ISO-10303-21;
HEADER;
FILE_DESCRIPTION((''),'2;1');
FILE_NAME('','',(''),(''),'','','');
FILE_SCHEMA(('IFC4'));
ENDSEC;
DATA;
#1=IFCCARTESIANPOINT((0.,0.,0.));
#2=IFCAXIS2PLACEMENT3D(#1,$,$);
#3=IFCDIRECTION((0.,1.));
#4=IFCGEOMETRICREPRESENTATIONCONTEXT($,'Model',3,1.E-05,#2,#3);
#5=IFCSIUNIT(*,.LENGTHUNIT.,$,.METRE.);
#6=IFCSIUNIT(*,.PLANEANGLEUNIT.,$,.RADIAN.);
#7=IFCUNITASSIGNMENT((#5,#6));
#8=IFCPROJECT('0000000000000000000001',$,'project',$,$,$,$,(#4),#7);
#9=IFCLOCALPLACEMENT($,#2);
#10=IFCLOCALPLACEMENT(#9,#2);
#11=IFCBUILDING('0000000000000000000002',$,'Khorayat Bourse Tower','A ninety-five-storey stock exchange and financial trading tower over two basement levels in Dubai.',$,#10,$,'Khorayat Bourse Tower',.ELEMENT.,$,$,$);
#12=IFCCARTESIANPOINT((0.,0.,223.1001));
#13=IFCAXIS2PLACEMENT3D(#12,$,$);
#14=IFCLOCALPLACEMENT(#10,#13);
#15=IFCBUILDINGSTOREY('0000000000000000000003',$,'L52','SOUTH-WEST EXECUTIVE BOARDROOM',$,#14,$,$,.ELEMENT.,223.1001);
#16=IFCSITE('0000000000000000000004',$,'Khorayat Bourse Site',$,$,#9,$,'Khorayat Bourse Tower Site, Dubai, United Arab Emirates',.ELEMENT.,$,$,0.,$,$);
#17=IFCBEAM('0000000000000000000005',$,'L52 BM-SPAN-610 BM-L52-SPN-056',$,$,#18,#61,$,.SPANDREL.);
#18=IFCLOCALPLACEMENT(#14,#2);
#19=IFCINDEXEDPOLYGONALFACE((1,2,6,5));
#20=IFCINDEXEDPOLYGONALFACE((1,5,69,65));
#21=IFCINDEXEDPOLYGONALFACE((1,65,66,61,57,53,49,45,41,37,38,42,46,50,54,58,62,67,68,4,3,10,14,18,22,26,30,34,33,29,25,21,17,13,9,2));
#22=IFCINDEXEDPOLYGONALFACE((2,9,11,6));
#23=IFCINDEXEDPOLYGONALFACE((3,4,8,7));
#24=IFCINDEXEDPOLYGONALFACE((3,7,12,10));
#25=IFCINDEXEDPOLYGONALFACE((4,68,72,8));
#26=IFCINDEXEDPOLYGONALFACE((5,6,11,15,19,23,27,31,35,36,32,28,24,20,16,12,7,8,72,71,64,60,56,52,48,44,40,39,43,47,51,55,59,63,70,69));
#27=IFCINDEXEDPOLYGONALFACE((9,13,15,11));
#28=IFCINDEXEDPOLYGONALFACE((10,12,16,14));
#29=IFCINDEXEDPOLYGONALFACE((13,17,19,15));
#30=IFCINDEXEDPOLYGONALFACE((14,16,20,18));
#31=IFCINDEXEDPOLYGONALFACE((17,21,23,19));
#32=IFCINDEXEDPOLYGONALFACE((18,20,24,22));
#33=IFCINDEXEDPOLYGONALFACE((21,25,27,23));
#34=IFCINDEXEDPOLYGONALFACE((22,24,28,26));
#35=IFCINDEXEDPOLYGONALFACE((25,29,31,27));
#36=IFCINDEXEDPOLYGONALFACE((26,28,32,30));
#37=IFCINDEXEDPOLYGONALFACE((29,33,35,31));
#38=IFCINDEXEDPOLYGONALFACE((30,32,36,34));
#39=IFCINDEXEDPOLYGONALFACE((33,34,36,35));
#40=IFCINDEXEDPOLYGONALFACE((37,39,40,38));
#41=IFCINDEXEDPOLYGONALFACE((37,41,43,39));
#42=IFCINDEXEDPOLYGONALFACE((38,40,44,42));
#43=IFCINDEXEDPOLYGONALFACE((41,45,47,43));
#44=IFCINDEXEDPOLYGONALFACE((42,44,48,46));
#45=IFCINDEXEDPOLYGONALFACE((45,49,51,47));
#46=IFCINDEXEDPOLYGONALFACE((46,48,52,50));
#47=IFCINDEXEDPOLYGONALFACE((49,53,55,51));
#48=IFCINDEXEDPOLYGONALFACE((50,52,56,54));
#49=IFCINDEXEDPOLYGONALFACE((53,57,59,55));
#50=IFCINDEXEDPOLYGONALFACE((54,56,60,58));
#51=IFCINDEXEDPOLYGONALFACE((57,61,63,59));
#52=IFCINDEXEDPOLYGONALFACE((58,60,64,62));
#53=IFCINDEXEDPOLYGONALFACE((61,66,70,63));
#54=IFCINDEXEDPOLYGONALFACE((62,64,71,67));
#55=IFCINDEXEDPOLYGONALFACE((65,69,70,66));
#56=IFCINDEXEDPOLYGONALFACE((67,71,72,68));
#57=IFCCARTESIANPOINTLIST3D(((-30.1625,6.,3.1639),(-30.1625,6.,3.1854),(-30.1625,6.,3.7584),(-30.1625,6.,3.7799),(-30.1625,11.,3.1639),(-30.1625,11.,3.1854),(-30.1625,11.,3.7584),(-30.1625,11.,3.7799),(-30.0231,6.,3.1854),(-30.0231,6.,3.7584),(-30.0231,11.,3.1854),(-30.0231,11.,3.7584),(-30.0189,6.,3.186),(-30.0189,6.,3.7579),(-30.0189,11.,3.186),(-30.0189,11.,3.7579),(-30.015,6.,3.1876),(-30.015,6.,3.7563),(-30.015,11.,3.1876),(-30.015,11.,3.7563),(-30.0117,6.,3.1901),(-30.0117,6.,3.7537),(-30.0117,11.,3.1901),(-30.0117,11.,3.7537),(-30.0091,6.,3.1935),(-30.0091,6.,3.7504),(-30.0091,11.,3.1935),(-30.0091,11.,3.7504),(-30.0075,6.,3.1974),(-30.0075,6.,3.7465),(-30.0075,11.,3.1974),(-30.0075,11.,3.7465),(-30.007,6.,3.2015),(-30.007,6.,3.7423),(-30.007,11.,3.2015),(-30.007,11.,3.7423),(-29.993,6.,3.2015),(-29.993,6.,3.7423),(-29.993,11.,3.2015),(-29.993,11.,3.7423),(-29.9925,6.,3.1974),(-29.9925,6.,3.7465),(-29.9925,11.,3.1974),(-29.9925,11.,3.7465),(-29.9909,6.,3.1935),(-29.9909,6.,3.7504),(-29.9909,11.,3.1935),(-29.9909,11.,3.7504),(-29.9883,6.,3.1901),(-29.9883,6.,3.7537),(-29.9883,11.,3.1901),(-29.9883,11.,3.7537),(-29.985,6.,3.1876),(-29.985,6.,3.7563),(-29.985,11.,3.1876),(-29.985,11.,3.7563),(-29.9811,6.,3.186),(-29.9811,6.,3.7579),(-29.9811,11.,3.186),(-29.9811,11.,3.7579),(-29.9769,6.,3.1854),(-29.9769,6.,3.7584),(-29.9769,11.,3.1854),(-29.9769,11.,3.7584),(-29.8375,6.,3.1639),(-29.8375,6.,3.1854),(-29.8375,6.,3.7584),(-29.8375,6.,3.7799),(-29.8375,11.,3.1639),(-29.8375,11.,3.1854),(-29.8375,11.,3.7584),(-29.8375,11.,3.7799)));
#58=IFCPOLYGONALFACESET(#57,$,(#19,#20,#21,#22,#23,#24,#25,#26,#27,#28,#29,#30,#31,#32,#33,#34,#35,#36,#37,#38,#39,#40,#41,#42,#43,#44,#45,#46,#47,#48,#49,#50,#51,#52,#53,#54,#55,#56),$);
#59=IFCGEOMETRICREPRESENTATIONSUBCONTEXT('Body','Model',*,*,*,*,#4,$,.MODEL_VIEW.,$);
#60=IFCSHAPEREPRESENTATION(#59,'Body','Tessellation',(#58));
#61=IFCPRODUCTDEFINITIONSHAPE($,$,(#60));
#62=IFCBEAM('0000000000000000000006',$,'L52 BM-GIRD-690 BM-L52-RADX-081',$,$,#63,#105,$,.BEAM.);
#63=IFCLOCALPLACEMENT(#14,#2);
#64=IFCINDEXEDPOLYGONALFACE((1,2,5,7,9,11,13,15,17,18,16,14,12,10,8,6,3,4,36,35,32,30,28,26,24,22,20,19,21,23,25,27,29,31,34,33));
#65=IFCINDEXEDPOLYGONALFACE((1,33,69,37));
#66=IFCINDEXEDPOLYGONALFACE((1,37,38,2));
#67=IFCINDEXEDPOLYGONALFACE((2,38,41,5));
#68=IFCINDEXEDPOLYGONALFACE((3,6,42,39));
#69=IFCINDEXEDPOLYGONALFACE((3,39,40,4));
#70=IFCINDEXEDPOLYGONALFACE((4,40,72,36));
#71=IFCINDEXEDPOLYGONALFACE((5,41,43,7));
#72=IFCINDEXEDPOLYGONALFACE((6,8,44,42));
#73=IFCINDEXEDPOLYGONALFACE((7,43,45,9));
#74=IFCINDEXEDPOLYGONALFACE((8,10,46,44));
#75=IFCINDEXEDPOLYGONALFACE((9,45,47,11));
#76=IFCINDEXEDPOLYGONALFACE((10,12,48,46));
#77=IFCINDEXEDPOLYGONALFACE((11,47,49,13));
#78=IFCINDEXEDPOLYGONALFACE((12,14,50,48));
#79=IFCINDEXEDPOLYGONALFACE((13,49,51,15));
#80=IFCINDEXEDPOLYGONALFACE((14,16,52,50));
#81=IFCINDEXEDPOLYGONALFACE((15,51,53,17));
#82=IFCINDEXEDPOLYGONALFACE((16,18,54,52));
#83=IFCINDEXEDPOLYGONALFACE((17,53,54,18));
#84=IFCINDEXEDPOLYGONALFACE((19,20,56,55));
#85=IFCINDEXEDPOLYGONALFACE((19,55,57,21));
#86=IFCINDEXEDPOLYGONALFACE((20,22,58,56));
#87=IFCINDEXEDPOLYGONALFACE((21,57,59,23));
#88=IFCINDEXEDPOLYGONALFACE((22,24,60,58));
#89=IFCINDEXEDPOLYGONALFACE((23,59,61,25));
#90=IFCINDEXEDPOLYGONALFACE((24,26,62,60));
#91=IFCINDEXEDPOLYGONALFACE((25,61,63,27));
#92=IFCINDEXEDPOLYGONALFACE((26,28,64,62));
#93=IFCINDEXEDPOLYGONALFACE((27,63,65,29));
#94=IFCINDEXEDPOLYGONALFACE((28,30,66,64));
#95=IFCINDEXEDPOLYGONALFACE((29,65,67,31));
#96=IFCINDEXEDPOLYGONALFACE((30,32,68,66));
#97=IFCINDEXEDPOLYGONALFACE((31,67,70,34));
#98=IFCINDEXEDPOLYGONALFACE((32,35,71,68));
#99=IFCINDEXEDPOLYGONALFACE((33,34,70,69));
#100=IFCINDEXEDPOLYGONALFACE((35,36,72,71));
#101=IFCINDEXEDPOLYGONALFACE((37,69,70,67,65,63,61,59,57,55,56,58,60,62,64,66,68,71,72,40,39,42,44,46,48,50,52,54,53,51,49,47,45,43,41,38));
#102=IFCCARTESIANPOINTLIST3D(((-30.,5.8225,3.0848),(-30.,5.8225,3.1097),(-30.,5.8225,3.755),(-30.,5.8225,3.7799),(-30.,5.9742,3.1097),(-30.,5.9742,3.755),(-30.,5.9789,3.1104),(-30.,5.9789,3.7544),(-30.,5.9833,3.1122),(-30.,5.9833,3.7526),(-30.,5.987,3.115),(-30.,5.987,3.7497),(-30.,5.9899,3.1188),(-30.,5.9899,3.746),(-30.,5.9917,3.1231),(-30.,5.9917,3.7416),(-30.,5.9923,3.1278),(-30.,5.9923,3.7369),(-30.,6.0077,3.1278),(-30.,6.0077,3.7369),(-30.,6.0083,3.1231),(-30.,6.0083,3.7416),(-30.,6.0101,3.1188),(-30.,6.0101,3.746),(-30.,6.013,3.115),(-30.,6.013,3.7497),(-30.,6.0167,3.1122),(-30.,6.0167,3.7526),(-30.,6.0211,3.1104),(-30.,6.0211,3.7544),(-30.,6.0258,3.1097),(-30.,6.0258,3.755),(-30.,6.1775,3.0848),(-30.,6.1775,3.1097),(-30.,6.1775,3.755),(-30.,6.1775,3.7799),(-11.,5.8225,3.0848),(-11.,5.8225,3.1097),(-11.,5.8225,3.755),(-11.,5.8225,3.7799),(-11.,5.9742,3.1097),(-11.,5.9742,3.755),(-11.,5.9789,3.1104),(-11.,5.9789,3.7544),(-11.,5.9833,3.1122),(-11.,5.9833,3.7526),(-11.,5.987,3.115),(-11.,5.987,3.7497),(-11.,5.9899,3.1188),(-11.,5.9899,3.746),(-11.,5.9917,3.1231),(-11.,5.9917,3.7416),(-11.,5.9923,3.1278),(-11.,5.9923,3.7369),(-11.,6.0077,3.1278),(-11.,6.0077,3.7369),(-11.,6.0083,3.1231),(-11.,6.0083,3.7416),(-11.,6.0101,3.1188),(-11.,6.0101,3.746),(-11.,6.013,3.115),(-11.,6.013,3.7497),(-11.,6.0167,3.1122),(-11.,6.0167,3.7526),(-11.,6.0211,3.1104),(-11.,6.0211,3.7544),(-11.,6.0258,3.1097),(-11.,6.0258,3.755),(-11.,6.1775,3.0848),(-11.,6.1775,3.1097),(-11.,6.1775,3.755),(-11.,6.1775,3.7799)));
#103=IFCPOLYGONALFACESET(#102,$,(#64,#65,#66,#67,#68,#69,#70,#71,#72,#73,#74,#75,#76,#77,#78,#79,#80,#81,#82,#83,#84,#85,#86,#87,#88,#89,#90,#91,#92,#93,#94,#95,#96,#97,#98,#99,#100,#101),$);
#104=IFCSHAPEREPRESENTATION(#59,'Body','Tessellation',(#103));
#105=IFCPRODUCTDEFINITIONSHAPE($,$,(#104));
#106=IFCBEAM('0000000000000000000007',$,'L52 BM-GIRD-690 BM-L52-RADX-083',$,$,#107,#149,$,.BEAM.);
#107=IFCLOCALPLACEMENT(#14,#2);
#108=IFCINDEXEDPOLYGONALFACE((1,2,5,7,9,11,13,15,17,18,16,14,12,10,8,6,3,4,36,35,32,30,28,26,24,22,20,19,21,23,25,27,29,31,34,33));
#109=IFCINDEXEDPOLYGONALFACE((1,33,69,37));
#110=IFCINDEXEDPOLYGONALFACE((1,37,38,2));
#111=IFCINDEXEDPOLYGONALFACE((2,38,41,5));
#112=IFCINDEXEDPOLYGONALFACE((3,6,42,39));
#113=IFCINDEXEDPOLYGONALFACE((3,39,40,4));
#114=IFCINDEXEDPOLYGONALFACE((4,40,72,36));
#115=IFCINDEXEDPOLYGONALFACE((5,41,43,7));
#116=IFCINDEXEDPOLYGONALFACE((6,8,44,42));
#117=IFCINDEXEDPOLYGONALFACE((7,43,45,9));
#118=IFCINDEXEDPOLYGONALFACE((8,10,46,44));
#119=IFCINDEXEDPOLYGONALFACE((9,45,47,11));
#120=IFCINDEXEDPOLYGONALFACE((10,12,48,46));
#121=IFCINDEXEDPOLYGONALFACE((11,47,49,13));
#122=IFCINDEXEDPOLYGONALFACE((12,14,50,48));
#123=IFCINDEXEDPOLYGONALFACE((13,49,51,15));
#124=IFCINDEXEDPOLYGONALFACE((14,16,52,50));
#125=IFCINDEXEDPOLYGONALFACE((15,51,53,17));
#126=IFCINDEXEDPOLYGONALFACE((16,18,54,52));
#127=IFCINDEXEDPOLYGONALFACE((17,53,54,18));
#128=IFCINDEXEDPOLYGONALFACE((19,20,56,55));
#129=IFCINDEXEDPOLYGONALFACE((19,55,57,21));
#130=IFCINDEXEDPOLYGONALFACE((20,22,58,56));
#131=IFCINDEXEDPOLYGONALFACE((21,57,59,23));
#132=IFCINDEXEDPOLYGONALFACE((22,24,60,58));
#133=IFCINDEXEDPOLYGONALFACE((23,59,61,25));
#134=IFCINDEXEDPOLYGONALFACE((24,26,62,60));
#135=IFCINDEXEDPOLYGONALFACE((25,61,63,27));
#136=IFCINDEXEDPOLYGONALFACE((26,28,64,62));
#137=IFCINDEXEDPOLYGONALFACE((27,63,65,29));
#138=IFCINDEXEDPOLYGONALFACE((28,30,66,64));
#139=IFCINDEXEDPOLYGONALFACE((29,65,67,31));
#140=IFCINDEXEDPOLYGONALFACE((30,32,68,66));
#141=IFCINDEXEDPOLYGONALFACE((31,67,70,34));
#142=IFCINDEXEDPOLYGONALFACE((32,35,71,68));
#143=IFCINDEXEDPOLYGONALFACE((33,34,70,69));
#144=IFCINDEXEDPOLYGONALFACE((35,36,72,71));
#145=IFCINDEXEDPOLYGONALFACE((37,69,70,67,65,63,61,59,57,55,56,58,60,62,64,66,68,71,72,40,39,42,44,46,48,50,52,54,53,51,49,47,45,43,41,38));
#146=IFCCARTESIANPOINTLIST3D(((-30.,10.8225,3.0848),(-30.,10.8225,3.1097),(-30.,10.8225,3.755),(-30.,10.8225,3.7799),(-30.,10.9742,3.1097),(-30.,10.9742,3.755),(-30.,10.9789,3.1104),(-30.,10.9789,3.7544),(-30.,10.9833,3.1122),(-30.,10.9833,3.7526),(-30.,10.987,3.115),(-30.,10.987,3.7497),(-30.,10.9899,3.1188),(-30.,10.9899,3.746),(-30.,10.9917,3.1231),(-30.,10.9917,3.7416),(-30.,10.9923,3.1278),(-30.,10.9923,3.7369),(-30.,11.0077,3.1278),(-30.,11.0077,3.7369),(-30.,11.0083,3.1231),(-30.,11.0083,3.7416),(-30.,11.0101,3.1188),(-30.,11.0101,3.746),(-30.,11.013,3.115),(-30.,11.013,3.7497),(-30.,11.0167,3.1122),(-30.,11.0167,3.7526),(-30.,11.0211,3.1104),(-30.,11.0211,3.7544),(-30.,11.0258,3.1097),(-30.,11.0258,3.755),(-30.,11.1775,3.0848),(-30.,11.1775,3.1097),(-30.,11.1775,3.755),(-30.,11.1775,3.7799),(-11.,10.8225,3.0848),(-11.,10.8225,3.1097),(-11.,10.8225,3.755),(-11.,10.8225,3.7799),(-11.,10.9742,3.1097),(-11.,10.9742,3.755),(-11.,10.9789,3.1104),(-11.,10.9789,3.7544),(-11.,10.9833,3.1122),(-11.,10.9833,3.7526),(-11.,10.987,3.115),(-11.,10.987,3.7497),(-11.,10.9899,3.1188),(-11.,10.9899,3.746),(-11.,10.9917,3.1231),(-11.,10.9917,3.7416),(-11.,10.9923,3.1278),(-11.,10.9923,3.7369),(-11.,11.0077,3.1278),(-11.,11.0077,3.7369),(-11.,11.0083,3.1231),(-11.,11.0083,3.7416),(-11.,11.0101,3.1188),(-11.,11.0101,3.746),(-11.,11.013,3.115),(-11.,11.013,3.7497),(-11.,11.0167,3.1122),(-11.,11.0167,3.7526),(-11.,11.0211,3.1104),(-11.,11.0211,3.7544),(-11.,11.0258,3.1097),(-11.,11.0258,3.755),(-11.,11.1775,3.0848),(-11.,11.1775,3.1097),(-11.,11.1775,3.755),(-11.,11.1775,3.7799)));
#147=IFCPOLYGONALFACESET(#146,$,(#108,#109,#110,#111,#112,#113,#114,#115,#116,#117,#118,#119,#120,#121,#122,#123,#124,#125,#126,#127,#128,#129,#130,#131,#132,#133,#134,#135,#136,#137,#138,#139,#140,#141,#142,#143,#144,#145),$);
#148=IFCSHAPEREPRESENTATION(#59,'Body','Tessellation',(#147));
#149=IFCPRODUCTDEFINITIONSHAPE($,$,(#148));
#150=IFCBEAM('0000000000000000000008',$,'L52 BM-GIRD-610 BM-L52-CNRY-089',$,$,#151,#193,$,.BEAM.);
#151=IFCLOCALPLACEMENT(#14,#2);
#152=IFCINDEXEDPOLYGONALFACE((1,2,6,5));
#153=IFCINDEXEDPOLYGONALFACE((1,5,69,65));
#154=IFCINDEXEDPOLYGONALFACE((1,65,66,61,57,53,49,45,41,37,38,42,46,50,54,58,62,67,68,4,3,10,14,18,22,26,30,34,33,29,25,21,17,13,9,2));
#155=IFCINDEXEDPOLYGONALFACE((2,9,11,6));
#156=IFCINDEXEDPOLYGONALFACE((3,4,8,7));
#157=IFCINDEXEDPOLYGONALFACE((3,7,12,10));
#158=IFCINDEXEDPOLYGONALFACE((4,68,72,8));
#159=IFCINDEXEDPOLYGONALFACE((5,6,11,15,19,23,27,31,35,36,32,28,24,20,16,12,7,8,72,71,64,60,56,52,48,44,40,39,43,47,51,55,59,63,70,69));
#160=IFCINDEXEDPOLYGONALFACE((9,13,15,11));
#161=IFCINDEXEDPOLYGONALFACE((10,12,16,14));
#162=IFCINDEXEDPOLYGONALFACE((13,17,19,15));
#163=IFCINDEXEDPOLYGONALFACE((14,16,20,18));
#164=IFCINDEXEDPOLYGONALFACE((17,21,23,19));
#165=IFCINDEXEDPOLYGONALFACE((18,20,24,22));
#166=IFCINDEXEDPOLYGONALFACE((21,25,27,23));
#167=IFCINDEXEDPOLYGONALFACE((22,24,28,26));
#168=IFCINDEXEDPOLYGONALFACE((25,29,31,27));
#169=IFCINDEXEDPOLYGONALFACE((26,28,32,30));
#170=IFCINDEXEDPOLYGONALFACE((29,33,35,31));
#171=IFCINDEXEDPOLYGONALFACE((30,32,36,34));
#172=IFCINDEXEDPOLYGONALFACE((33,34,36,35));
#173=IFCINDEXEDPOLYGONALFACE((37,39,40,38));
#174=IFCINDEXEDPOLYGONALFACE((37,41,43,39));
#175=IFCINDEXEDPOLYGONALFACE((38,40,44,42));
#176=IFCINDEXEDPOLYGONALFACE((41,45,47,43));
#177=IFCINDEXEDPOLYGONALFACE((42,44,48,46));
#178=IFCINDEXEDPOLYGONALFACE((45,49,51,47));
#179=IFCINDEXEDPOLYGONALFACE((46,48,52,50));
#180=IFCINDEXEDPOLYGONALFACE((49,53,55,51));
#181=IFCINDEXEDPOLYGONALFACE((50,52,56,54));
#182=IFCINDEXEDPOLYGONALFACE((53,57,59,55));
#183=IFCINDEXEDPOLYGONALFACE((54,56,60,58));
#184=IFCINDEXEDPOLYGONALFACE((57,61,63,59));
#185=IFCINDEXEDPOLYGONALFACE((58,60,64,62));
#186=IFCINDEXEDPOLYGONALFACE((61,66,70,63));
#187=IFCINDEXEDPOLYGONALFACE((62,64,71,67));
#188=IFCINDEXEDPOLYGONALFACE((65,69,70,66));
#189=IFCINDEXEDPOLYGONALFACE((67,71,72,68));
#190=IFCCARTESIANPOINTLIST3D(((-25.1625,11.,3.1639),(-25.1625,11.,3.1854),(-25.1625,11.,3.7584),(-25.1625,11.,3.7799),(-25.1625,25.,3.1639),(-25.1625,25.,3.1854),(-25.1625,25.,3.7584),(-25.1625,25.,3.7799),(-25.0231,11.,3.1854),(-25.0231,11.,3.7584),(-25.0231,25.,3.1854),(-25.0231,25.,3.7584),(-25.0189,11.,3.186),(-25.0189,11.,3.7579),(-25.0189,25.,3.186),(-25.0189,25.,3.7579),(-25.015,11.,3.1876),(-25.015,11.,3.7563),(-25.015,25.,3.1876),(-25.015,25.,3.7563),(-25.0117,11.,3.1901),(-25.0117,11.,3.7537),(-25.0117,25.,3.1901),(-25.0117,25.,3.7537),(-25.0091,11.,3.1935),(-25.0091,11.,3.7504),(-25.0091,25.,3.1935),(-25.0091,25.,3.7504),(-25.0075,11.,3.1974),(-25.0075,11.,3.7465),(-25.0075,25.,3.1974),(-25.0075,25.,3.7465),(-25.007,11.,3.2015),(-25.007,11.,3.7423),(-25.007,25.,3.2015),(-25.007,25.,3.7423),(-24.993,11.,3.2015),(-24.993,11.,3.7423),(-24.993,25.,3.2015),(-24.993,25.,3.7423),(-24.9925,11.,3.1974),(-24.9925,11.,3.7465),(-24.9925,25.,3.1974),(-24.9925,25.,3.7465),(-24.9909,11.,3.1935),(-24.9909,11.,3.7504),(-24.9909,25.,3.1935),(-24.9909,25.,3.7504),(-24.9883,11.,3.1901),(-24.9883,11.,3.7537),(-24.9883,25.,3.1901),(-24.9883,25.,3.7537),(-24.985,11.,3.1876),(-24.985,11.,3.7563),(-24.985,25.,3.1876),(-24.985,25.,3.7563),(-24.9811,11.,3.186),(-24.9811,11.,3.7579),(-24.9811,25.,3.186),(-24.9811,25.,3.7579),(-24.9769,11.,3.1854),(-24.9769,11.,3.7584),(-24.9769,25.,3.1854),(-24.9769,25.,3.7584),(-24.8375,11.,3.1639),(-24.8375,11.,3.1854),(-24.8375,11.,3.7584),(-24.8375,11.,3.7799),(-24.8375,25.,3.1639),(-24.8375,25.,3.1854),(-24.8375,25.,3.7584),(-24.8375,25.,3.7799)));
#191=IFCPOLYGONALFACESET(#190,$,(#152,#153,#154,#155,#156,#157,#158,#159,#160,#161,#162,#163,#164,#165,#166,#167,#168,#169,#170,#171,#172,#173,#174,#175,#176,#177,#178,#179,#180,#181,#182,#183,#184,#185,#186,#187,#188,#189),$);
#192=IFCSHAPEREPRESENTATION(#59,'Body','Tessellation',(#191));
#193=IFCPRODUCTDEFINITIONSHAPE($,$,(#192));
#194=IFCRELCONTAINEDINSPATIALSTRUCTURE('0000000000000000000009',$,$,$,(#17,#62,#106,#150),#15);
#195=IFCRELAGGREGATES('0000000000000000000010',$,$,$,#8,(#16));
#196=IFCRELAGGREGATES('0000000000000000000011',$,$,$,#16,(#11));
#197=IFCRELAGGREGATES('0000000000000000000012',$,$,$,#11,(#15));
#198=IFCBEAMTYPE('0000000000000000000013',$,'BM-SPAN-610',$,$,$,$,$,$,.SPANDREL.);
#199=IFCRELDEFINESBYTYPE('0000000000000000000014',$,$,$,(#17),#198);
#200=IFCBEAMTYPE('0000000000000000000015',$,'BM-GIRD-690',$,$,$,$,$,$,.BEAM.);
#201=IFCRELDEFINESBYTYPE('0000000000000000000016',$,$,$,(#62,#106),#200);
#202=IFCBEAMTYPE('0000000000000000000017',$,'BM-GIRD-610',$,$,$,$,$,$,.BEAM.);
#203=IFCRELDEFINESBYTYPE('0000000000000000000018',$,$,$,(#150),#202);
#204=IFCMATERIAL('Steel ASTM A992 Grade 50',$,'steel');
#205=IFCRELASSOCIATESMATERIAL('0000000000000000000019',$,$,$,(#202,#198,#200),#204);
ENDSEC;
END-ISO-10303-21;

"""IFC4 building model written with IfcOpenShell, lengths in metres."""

from ifc_helpers import new_model, si_unit, direction, frame, origin, origin_2d, place, context, subcontext, project, spatial, i_section, extrude, source, transform, mapped, material, material_profile, profile_set, type_object, element, save


model = new_model("IFC4")

# Units and contexts
model_context = context("Model", 3, precision=1e-05, world=origin(), true_north=direction((0.0, 1.0)))
body_context = subcontext(model_context, "Body", "Model", "MODEL_VIEW")
ifc_project = project(units=[si_unit("LENGTHUNIT", "METRE"), si_unit("PLANEANGLEUNIT", "RADIAN")], contexts=[model_context])

# Site, building, storey
site_placement = place(None, origin())
site = spatial("IfcSite", under=ifc_project, at=site_placement, Name="Khorayat Bourse Site", LongName="Khorayat Bourse Tower Site, Dubai, United Arab Emirates", CompositionType="ELEMENT", RefElevation=0.0)
building_placement = place(site_placement, origin())
building = spatial("IfcBuilding", under=site, at=building_placement, Name="Khorayat Bourse Tower", Description="A ninety-five-storey stock exchange and financial trading tower over two basement levels in Dubai.", LongName="Khorayat Bourse Tower", CompositionType="ELEMENT")
storey_placement = place(building_placement, frame((0.0, 0.0, 223.1001)))
storey = spatial("IfcBuildingStorey", under=building, at=storey_placement, Name="L52", Description="SOUTH-WEST EXECUTIVE BOARDROOM", CompositionType="ELEMENT", Elevation=223.1001)

# Beams
ifc_material_1 = material(Name="Steel ASTM A992 Grade 50", Category="steel")
ifc_material_profile_1 = material_profile(ifc_material_1, i_section(OverallWidth=0.325, OverallDepth=0.616, WebThickness=0.0139, FlangeThickness=0.0215, FilletRadius=0.0161, at=origin_2d()), Name="W610X174")
ifc_profile_set_1 = profile_set([ifc_material_profile_1], Name="Steel ASTM A992 Grade 50")
beam_type_1 = type_object("IfcBeamType", Name="BM-GIRD-610", PredefinedType="BEAM", material=ifc_profile_set_1)
ifc_material_profile_2 = material_profile(ifc_material_1, i_section(OverallWidth=0.325, OverallDepth=0.616, WebThickness=0.0139, FlangeThickness=0.0215, FilletRadius=0.0161, at=origin_2d()), Name="W610X174")
ifc_profile_set_2 = profile_set([ifc_material_profile_2], Name="Steel ASTM A992 Grade 50")
beam_type_2 = type_object("IfcBeamType", Name="BM-SPAN-610", PredefinedType="SPANDREL", material=ifc_profile_set_2)
shared_shape_1 = source(origin(), body_context, "Body", "SweptSolid", [
    extrude(i_section(OverallWidth=0.325, OverallDepth=0.616, WebThickness=0.0139, FlangeThickness=0.0215, FilletRadius=0.0161, at=origin_2d()), origin(), (0.0, 0.0, 1.0), 5.0),
])
beam_1_placement = place(storey_placement, frame((-30.0, 6.0, 3.4719), z_axis=(0.0, 1.0, 0.0), x_axis=(-1.0, 0.0, 0.0)))
element("IfcBeam", 1, at=beam_1_placement, inside=storey, type_object=beam_type_2, Name="L52 BM-SPAN-610 BM-L52-SPN-056", PredefinedType="SPANDREL", context=body_context, shape_type="MappedRepresentation", body=[
    mapped(shared_shape_1, transform((0.0, 0.0, 0.0), scale=1.0)),
])
ifc_material_profile_3 = material_profile(ifc_material_1, i_section(OverallWidth=0.355, OverallDepth=0.6951, WebThickness=0.0154, FlangeThickness=0.0249, FilletRadius=0.0181, at=origin_2d()), Name="W690X217")
ifc_profile_set_3 = profile_set([ifc_material_profile_3], Name="Steel ASTM A992 Grade 50")
beam_type_3 = type_object("IfcBeamType", Name="BM-GIRD-690", PredefinedType="BEAM", material=ifc_profile_set_3)
shared_shape_2 = source(origin(), body_context, "Body", "SweptSolid", [
    extrude(i_section(OverallWidth=0.355, OverallDepth=0.6951, WebThickness=0.0154, FlangeThickness=0.0249, FilletRadius=0.0181, at=origin_2d()), origin(), (0.0, 0.0, 1.0), 19.0),
])
for number, where, z_axis, x_axis, name in (
    (2, (-30.0, 6.0, 3.4324), (1.0, 0.0, 0.0), (0.0, 1.0, 0.0), "L52 BM-GIRD-690 BM-L52-RADX-081"),
    (3, (-30.0, 11.0, 3.4324), (1.0, 0.0, 0.0), (0.0, 1.0, 0.0), "L52 BM-GIRD-690 BM-L52-RADX-083"),
):
    element("IfcBeam", number, at=place(storey_placement, frame(where, z_axis=z_axis, x_axis=x_axis)), inside=storey, type_object=beam_type_3, Name=name, PredefinedType="BEAM", context=body_context, shape_type="MappedRepresentation", body=[
        mapped(shared_shape_2, transform((0.0, 0.0, 0.0), scale=1.0)),
    ])
shared_shape_3 = source(origin(), body_context, "Body", "SweptSolid", [
    extrude(i_section(OverallWidth=0.325, OverallDepth=0.616, WebThickness=0.0139, FlangeThickness=0.0215, FilletRadius=0.0161, at=origin_2d()), origin(), (0.0, 0.0, 1.0), 14.0),
])
beam_2_placement = place(storey_placement, frame((-25.0, 11.0, 3.4719), z_axis=(0.0, 1.0, 0.0), x_axis=(-1.0, 0.0, 0.0)))
element("IfcBeam", 4, at=beam_2_placement, inside=storey, type_object=beam_type_1, Name="L52 BM-GIRD-610 BM-L52-CNRY-089", PredefinedType="BEAM", context=body_context, shape_type="MappedRepresentation", body=[
    mapped(shared_shape_3, transform((0.0, 0.0, 0.0), scale=1.0)),
])

save(model, "model.ifc")
